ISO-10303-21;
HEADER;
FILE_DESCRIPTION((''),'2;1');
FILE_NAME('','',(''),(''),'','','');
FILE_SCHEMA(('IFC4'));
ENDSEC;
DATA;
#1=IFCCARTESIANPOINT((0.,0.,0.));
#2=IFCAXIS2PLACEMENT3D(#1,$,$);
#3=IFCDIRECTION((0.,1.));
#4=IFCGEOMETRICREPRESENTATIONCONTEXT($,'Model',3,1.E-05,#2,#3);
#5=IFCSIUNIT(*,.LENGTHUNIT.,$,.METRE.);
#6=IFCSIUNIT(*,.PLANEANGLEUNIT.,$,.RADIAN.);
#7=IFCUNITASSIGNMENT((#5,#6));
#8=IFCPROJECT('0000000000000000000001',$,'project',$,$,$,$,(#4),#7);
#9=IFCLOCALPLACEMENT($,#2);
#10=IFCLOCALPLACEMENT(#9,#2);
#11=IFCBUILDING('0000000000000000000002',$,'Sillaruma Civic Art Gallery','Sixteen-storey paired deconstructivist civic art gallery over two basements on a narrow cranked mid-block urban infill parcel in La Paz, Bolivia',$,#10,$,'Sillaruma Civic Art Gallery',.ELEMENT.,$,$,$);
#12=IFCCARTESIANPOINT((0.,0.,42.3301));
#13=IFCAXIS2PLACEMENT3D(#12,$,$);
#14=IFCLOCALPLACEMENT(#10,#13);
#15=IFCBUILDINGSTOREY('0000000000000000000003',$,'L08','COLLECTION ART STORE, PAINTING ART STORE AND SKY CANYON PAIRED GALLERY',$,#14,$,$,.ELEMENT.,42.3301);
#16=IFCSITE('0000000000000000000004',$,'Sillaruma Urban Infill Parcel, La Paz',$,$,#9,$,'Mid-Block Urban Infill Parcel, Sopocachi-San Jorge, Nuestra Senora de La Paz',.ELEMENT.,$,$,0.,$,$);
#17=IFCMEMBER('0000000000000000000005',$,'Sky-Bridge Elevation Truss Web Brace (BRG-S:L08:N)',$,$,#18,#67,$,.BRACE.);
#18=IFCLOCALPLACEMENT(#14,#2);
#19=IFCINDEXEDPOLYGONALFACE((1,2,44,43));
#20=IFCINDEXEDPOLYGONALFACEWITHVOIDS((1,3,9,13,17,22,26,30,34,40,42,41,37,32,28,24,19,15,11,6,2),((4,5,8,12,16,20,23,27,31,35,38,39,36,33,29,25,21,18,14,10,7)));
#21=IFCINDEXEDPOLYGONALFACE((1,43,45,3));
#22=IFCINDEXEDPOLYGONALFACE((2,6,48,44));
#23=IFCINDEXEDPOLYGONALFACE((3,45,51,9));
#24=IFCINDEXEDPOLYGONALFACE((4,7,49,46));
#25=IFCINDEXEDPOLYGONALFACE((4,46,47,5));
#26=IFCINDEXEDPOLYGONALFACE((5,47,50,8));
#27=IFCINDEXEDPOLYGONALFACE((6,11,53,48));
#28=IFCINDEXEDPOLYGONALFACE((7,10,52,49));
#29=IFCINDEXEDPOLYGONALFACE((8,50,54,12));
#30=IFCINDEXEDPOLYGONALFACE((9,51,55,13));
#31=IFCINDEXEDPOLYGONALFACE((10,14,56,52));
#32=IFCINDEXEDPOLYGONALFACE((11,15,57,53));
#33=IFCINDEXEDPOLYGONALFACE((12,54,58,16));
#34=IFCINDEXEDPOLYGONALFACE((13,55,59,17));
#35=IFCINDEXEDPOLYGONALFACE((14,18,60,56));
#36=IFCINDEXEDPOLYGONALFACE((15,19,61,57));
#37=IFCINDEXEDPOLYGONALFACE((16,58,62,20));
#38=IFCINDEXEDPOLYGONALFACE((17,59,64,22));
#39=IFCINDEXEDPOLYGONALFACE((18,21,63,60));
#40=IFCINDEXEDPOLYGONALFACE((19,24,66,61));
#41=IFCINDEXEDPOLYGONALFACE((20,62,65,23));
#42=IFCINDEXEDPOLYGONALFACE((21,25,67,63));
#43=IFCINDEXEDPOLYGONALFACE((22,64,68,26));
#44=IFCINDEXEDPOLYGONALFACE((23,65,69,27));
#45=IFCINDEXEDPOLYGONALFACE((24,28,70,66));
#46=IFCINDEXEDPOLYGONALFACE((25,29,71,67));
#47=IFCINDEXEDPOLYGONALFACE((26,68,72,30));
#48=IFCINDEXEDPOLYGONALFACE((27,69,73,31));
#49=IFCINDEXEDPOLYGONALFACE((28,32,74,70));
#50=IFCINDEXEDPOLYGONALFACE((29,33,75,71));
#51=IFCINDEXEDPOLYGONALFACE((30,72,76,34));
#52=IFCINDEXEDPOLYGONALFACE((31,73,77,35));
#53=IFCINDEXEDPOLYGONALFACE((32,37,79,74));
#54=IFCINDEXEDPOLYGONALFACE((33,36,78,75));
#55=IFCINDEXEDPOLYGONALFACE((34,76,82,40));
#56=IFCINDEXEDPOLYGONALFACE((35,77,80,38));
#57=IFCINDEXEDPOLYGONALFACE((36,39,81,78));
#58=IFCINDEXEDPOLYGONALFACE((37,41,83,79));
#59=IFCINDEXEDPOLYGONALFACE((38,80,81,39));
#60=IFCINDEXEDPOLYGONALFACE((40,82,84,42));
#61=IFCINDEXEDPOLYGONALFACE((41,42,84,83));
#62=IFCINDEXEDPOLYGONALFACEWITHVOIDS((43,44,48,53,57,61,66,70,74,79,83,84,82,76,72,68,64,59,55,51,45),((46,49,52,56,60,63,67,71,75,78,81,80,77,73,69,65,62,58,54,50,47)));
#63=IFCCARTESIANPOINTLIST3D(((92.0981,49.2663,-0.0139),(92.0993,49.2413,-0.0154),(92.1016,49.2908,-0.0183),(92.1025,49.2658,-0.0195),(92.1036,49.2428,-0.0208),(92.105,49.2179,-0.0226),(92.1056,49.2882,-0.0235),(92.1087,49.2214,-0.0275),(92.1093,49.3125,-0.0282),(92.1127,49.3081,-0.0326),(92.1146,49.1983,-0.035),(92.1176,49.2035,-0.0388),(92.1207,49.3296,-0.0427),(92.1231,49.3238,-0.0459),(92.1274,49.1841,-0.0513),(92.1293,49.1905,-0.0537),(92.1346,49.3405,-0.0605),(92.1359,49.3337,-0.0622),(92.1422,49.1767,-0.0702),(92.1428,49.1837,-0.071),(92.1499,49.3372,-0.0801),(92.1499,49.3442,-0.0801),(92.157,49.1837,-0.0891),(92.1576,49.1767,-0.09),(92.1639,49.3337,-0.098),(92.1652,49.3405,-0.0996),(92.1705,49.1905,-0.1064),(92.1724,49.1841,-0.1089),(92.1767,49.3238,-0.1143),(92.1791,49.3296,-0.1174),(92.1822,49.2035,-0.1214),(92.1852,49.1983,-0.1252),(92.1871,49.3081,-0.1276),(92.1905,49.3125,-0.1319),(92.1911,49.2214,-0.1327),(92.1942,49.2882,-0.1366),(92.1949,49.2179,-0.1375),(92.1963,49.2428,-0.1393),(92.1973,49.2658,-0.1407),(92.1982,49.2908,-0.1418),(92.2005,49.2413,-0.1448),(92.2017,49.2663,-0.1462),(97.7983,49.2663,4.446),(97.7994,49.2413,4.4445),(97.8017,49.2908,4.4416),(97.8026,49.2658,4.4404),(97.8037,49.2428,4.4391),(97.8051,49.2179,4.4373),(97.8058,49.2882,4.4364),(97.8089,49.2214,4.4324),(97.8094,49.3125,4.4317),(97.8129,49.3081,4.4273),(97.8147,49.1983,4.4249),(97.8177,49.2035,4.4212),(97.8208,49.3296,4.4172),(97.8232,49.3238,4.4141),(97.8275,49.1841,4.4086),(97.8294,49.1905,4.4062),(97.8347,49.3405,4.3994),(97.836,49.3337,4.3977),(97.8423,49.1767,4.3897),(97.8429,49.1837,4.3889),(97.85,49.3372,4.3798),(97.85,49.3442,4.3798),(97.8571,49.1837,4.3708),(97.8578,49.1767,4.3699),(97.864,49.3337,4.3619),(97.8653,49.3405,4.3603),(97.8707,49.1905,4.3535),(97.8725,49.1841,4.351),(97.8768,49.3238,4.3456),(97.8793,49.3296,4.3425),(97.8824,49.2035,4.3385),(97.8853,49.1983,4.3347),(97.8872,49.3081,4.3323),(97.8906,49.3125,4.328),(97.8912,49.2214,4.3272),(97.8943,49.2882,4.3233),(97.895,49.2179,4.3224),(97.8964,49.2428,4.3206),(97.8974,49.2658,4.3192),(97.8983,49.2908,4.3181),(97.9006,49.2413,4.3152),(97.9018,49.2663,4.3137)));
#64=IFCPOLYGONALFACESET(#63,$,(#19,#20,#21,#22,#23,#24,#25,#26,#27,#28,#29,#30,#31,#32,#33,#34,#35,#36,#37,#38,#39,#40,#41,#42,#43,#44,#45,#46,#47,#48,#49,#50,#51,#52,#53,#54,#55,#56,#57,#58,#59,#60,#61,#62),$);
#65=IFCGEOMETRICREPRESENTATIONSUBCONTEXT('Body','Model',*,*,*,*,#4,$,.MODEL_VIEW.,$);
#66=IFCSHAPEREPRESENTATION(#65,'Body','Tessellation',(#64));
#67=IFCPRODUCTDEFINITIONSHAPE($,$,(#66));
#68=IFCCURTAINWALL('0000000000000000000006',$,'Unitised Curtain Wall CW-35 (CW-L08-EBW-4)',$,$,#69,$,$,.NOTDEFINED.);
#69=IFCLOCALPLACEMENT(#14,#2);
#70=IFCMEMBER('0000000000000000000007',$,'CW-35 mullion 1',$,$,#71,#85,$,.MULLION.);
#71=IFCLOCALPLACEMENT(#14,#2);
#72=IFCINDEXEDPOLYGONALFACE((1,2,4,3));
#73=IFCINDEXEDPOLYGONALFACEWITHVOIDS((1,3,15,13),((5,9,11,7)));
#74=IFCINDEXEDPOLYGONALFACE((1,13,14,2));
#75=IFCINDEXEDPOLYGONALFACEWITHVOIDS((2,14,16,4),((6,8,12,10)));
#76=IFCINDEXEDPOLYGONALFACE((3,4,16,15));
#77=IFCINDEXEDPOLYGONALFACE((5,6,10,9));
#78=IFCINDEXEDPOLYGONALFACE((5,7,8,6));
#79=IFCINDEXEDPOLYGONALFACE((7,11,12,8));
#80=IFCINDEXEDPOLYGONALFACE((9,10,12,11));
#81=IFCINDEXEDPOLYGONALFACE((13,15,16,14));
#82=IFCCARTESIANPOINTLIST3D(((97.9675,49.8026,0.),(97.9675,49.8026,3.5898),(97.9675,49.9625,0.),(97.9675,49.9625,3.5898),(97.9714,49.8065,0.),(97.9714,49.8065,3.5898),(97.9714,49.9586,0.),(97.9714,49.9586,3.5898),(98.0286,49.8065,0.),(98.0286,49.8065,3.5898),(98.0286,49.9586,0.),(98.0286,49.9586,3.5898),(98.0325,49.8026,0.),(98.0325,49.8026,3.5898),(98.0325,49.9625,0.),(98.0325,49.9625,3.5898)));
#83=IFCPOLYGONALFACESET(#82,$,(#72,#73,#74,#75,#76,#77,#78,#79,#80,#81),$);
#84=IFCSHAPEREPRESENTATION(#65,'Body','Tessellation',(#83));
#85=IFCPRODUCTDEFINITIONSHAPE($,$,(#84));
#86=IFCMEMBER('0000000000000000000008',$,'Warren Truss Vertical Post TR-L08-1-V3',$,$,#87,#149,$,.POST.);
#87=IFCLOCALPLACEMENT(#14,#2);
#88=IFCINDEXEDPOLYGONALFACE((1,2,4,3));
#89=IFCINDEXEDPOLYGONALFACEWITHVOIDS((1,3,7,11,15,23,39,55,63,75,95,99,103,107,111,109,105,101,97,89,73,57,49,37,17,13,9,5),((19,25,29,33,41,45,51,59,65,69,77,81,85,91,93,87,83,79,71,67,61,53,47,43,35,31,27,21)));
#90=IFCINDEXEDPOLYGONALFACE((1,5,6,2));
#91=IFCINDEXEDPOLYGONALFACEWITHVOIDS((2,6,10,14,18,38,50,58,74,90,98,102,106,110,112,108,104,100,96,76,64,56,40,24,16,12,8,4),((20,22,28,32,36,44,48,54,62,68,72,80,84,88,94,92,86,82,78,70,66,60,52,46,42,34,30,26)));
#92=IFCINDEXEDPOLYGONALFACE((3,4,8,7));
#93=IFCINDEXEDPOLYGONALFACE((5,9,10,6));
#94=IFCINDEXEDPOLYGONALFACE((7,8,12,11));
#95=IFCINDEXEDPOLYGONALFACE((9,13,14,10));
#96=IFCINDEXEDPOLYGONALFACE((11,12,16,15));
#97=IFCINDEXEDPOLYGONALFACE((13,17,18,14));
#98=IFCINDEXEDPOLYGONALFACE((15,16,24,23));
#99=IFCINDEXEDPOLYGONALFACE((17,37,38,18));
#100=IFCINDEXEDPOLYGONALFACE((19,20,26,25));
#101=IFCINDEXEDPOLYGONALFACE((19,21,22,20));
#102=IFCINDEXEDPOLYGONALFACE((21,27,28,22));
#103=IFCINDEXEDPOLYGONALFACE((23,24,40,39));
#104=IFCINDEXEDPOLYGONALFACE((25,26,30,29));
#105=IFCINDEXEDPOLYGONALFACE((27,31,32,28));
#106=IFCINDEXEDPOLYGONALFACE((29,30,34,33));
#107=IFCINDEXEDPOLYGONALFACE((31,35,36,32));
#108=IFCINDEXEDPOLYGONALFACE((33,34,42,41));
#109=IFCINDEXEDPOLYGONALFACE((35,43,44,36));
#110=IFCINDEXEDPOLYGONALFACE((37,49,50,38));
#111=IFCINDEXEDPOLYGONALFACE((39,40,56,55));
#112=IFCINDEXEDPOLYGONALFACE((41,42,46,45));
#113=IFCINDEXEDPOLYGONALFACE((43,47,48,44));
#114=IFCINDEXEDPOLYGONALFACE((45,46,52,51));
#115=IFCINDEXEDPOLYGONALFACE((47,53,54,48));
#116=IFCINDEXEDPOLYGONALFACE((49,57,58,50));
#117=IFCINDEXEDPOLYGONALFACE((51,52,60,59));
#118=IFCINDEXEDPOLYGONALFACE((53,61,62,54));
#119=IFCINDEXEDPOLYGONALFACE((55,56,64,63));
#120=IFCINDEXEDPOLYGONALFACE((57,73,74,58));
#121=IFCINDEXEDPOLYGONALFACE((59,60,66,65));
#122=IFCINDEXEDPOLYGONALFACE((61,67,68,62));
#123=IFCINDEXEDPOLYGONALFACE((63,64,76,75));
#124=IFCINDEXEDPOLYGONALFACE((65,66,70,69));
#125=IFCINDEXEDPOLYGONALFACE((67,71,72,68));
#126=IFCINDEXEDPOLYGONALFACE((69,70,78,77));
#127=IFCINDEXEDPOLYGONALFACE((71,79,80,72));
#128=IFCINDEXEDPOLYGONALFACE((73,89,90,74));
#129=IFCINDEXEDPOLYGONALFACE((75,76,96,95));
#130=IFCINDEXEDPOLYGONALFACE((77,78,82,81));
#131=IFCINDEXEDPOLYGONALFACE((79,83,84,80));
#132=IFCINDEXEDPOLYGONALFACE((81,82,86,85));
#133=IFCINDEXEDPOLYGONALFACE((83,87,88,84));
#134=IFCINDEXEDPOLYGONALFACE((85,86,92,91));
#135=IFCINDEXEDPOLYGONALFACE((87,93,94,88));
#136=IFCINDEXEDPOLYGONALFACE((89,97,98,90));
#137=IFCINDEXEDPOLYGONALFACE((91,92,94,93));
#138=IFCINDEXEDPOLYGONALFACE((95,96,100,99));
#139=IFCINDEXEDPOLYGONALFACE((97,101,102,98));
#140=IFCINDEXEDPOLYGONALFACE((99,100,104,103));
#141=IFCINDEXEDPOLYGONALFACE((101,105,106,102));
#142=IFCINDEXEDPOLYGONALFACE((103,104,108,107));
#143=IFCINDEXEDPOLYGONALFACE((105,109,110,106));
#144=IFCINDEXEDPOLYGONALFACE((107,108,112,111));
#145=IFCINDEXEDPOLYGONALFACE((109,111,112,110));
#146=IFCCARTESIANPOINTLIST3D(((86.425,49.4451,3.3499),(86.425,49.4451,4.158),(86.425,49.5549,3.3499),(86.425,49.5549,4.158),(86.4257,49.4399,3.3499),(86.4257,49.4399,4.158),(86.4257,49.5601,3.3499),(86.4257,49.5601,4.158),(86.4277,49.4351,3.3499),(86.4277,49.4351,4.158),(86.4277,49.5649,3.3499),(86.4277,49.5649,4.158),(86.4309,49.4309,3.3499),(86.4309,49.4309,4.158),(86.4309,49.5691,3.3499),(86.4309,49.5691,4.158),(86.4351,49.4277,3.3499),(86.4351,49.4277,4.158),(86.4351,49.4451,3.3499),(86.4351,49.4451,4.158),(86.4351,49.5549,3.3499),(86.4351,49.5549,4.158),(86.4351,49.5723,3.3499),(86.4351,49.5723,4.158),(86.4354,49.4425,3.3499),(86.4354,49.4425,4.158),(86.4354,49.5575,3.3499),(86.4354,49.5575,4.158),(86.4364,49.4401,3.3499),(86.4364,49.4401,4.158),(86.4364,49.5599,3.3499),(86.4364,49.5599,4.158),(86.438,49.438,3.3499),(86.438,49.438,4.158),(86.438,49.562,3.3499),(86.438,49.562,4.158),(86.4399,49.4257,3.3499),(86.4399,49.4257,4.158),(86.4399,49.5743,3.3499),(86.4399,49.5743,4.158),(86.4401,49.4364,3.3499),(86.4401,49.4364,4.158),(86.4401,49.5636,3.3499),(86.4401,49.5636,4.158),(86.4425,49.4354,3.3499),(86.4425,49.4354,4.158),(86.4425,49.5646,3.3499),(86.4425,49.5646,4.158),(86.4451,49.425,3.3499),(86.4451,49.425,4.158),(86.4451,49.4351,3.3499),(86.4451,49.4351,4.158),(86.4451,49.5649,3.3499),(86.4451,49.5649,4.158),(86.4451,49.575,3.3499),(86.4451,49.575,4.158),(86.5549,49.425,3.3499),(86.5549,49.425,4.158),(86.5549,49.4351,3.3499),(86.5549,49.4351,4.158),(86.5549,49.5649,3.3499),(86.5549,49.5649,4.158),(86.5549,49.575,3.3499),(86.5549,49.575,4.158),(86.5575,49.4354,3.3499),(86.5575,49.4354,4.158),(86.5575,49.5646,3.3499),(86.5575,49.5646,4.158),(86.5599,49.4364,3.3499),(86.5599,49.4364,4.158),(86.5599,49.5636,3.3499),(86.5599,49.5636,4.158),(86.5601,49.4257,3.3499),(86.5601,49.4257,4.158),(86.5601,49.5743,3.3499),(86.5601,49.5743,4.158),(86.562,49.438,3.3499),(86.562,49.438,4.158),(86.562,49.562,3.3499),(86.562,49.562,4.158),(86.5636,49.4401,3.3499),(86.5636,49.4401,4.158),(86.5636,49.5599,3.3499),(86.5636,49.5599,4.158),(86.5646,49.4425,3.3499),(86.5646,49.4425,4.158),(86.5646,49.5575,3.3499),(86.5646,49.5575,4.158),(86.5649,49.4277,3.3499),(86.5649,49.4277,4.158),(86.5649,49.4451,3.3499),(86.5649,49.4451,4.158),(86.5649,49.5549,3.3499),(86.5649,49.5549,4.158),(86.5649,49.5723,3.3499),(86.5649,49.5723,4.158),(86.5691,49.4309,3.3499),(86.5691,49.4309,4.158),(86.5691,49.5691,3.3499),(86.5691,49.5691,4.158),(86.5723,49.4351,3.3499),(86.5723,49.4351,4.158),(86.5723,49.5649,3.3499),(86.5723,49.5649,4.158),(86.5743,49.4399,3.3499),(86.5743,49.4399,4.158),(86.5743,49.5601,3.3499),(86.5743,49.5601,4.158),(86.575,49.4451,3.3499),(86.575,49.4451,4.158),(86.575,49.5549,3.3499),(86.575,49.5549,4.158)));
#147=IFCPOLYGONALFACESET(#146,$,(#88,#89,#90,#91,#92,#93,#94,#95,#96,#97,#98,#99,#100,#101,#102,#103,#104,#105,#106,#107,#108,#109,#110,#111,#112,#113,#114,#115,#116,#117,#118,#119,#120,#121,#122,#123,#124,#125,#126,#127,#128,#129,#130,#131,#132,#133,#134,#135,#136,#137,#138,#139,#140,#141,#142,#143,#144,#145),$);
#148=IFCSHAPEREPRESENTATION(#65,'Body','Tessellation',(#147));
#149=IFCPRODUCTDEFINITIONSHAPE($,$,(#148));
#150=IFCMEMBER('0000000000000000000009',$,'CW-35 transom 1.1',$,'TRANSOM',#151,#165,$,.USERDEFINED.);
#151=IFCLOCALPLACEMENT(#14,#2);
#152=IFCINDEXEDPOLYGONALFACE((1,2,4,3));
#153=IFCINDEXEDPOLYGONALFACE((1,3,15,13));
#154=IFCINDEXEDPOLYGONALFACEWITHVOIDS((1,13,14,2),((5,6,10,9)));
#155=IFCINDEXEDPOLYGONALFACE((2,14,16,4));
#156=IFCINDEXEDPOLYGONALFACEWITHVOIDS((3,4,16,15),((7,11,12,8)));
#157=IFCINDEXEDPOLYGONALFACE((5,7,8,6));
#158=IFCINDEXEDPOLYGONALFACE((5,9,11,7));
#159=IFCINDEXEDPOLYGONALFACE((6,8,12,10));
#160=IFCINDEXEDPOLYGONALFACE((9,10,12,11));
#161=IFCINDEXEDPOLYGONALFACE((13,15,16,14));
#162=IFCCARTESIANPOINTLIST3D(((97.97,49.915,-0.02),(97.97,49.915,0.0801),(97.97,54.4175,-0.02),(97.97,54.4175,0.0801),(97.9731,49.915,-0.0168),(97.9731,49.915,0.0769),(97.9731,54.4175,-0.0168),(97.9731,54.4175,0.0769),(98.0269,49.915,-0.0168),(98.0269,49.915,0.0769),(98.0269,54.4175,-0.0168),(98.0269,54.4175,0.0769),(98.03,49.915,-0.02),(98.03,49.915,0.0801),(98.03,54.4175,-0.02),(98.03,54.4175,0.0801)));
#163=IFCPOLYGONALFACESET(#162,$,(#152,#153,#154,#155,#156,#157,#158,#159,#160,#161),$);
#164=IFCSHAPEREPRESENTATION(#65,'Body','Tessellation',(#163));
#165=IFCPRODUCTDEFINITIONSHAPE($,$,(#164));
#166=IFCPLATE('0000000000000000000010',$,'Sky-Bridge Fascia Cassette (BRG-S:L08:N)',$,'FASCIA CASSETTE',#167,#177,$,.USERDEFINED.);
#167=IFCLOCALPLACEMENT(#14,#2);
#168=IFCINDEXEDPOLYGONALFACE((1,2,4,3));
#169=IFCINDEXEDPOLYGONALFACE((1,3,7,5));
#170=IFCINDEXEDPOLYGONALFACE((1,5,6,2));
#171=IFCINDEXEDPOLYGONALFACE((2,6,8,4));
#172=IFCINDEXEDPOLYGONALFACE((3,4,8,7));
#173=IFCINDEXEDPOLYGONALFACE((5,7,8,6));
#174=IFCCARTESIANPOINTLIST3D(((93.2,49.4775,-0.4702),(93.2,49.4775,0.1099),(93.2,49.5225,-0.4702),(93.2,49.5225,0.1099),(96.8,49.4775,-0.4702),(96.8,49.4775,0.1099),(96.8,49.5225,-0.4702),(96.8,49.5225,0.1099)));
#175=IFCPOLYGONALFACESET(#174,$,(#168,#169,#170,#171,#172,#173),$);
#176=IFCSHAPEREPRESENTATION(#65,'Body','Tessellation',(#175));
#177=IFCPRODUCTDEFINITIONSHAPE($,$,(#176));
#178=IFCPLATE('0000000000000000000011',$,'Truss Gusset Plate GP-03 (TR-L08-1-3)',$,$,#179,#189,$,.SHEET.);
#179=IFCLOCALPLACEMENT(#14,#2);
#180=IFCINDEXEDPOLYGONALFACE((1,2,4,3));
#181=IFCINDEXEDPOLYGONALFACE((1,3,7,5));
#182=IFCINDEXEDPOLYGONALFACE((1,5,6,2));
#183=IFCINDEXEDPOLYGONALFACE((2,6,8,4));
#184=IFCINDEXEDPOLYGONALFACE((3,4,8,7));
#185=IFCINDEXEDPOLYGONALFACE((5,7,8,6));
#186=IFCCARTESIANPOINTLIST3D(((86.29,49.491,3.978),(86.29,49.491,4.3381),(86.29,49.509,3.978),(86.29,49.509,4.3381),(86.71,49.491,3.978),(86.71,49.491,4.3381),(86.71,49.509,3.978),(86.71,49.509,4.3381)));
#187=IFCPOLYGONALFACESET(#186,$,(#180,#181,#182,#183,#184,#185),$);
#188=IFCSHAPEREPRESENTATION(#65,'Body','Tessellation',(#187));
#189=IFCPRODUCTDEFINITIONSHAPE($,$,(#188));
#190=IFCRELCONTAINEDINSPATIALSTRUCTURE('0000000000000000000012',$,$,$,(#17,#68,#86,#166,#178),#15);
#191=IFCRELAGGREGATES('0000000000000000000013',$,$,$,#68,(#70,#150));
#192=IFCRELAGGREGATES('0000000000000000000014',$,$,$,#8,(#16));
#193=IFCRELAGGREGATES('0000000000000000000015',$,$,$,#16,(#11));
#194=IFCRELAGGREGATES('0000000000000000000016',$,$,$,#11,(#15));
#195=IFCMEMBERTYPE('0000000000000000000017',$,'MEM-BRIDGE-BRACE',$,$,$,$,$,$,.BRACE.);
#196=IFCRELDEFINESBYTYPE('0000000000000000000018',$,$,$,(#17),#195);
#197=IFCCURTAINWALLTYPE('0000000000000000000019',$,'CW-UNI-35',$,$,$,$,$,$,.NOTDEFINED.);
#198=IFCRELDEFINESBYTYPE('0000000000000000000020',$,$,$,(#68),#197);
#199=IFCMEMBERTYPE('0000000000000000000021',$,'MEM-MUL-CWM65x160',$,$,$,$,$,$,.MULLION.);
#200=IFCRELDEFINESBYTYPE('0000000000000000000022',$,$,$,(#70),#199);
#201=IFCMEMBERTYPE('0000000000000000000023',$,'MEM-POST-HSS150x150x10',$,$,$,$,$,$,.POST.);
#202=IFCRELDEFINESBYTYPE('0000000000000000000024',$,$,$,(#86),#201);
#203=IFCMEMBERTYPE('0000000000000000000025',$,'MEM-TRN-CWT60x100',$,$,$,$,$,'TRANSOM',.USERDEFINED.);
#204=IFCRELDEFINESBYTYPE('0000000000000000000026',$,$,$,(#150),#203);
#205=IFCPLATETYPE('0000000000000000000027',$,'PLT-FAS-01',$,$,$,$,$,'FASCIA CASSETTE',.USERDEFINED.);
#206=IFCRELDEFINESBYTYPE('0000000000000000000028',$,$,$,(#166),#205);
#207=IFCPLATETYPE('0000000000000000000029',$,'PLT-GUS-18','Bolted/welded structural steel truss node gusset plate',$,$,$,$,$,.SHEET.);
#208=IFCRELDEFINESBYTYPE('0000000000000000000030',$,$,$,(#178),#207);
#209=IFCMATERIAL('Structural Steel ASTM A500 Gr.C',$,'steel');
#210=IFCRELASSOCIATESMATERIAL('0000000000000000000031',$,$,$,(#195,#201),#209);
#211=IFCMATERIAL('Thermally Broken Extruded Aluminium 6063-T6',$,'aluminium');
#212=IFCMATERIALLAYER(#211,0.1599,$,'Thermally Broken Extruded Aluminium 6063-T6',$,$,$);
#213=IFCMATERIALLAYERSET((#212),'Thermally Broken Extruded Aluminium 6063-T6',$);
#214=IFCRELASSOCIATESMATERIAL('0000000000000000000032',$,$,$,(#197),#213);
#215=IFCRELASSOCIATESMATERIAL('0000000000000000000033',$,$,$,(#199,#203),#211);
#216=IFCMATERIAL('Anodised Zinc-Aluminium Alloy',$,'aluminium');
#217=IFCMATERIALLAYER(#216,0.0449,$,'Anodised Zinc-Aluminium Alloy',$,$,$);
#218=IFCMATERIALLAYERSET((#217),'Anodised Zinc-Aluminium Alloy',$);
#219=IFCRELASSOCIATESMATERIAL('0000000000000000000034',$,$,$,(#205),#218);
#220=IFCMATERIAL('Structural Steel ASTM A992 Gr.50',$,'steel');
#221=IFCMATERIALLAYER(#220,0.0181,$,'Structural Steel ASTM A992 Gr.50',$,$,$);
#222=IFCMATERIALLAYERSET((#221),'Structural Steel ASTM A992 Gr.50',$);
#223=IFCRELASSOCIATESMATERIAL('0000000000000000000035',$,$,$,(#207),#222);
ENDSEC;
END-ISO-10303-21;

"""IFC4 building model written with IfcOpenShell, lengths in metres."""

from ifc_helpers import new_model, si_unit, direction, frame, origin, origin_2d, place, context, subcontext, project, spatial, rectangle, hollow_rectangle, hollow_circle, extrude, material, layer, layer_set, material_profile, profile_set, type_object, element, aggregate, save


model = new_model("IFC4")

# Units and contexts
model_context = context("Model", 3, precision=1e-05, world=origin(), true_north=direction((0.0, 1.0)))
body_context = subcontext(model_context, "Body", "Model", "MODEL_VIEW")
ifc_project = project(units=[si_unit("LENGTHUNIT", "METRE"), si_unit("PLANEANGLEUNIT", "RADIAN")], contexts=[model_context])

# Site, building, storey
site_placement = place(None, origin())
site = spatial("IfcSite", under=ifc_project, at=site_placement, Name="Sillaruma Urban Infill Parcel, La Paz", LongName="Mid-Block Urban Infill Parcel, Sopocachi-San Jorge, Nuestra Senora de La Paz", CompositionType="ELEMENT", RefElevation=0.0)
building_placement = place(site_placement, origin())
building = spatial("IfcBuilding", under=site, at=building_placement, Name="Sillaruma Civic Art Gallery", Description="Sixteen-storey paired deconstructivist civic art gallery over two basements on a narrow cranked mid-block urban infill parcel in La Paz, Bolivia", LongName="Sillaruma Civic Art Gallery", CompositionType="ELEMENT")
storey_placement = place(building_placement, frame((0.0, 0.0, 42.3301)))
storey = spatial("IfcBuildingStorey", under=building, at=storey_placement, Name="L08", Description="COLLECTION ART STORE, PAINTING ART STORE AND SKY CANYON PAIRED GALLERY", CompositionType="ELEMENT", Elevation=42.3301)

# Shared definitions
ifc_material_1 = material(Name="Structural Steel ASTM A992 Gr.50", Category="steel")

# Member
ifc_material_2 = material(Name="Structural Steel ASTM A500 Gr.C", Category="steel")
ifc_material_profile_1 = material_profile(ifc_material_2, hollow_circle(Radius=0.0842, WallThickness=0.0071, at=origin_2d()), Name="CHS168.3x7.1")
ifc_profile_set_1 = profile_set([ifc_material_profile_1], Name="Structural Steel ASTM A500 Gr.C")
member_type_1 = type_object("IfcMemberType", Name="MEM-BRIDGE-BRACE", PredefinedType="BRACE", material=ifc_profile_set_1)
member_1_placement = place(storey_placement, frame((92.1499, 49.26, -0.0801), z_axis=(0.787576, 0.0, 0.616217), x_axis=(0.0, 1.0, 0.0)))
element("IfcMember", 1, at=member_1_placement, inside=storey, type_object=member_type_1, Name="Sky-Bridge Elevation Truss Web Brace (BRG-S:L08:N)", PredefinedType="BRACE", context=body_context, shape_type="SweptSolid", body=[
    extrude(hollow_circle(Radius=0.0842, WallThickness=0.0071, at=origin_2d()), origin(), (0.0, 0.0, 1.0), 7.2375),
])

# Curtain wall, member
ifc_material_3 = material(Name="Thermally Broken Extruded Aluminium 6063-T6", Category="aluminium")
ifc_layer_1 = layer(ifc_material_3, 0.1599, Name="Thermally Broken Extruded Aluminium 6063-T6")
ifc_layer_set_1 = layer_set([ifc_layer_1], Name="Thermally Broken Extruded Aluminium 6063-T6")
curtain_wall_type = type_object("IfcCurtainWallType", Name="CW-UNI-35", PredefinedType="NOTDEFINED", material=ifc_layer_set_1)
curtain_wall_placement = place(storey_placement, origin())
curtain_wall = element("IfcCurtainWall", 2, at=curtain_wall_placement, inside=storey, type_object=curtain_wall_type, Name="Unitised Curtain Wall CW-35 (CW-L08-EBW-4)", PredefinedType="NOTDEFINED")
ifc_material_profile_2 = material_profile(ifc_material_3, hollow_rectangle(XDim=0.0649, YDim=0.1599, WallThickness=0.0039, at=origin_2d()), Name="CWM65x160")
ifc_profile_set_2 = profile_set([ifc_material_profile_2], Name="Thermally Broken Extruded Aluminium 6063-T6")
member_type_2 = type_object("IfcMemberType", Name="MEM-MUL-CWM65x160", PredefinedType="MULLION", material=ifc_profile_set_2)
member_2_placement = place(storey_placement, frame((98.0, 49.8826, 0.0), z_axis=(0.0, 0.0, 1.0), x_axis=(-1.0, 0.0, 0.0)))
member_2 = element("IfcMember", 3, at=member_2_placement, type_object=member_type_2, Name="CW-35 mullion 1", PredefinedType="MULLION", context=body_context, shape_type="SweptSolid", body=[
    extrude(hollow_rectangle(XDim=0.0649, YDim=0.1599, WallThickness=0.0039, at=origin_2d()), origin(), (0.0, 0.0, 1.0), 3.5898),
])

# Members
ifc_material_profile_3 = material_profile(ifc_material_2, hollow_rectangle(XDim=0.1499, YDim=0.1499, WallThickness=0.01, InnerFilletRadius=0.01, OuterFilletRadius=0.02, at=origin_2d()), Name="HSS150x150x10")
ifc_profile_set_3 = profile_set([ifc_material_profile_3], Name="Structural Steel ASTM A500 Gr.C")
member_type_3 = type_object("IfcMemberType", Name="MEM-POST-HSS150x150x10", PredefinedType="POST", material=ifc_profile_set_3)
member_3_placement = place(storey_placement, frame((86.5, 49.5, 3.3499), z_axis=(0.0, 0.0, 1.0), x_axis=(1.0, 0.0, 0.0)))
element("IfcMember", 4, at=member_3_placement, inside=storey, type_object=member_type_3, Name="Warren Truss Vertical Post TR-L08-1-V3", PredefinedType="POST", context=body_context, shape_type="SweptSolid", body=[
    extrude(hollow_rectangle(XDim=0.1499, YDim=0.1499, WallThickness=0.01, InnerFilletRadius=0.01, OuterFilletRadius=0.02, at=origin_2d()), origin(), (0.0, 0.0, 1.0), 0.8081),
])
ifc_material_profile_4 = material_profile(ifc_material_3, hollow_rectangle(XDim=0.0601, YDim=0.1001, WallThickness=0.0032, at=origin_2d()), Name="CWT60x100")
ifc_profile_set_4 = profile_set([ifc_material_profile_4], Name="Thermally Broken Extruded Aluminium 6063-T6")
member_type_4 = type_object("IfcMemberType", Name="MEM-TRN-CWT60x100", ElementType="TRANSOM", PredefinedType="USERDEFINED", material=ifc_profile_set_4)
member_4_placement = place(storey_placement, frame((98.0, 49.915, 0.03), z_axis=(0.0, 1.0, 0.0), x_axis=(-1.0, 0.0, 0.0)))
member_4 = element("IfcMember", 5, at=member_4_placement, type_object=member_type_4, Name="CW-35 transom 1.1", ObjectType="TRANSOM", PredefinedType="USERDEFINED", context=body_context, shape_type="SweptSolid", body=[
    extrude(hollow_rectangle(XDim=0.0601, YDim=0.1001, WallThickness=0.0032, at=origin_2d()), origin(), (0.0, 0.0, 1.0), 4.5024),
])
aggregate(curtain_wall, [member_2, member_4])

# Plates
ifc_material_4 = material(Name="Anodised Zinc-Aluminium Alloy", Category="aluminium")
ifc_layer_2 = layer(ifc_material_4, 0.0449, Name="Anodised Zinc-Aluminium Alloy")
ifc_layer_set_2 = layer_set([ifc_layer_2], Name="Anodised Zinc-Aluminium Alloy")
plate_type_1 = type_object("IfcPlateType", Name="PLT-FAS-01", ElementType="FASCIA CASSETTE", PredefinedType="USERDEFINED", material=ifc_layer_set_2)
plate_1_placement = place(storey_placement, frame((95.0, 49.5, -0.4702), z_axis=(0.0, 0.0, 1.0), x_axis=(1.0, 0.0, 0.0)))
element("IfcPlate", 6, at=plate_1_placement, inside=storey, type_object=plate_type_1, Name="Sky-Bridge Fascia Cassette (BRG-S:L08:N)", ObjectType="FASCIA CASSETTE", PredefinedType="USERDEFINED", context=body_context, shape_type="SweptSolid", body=[
    extrude(rectangle(XDim=3.6001, YDim=0.0449, at=origin_2d()), origin(), (0.0, 0.0, 1.0), 0.5801),
])
ifc_layer_3 = layer(ifc_material_1, 0.0181, Name="Structural Steel ASTM A992 Gr.50")
ifc_layer_set_3 = layer_set([ifc_layer_3], Name="Structural Steel ASTM A992 Gr.50")
plate_type_2 = type_object("IfcPlateType", Name="PLT-GUS-18", Description="Bolted/welded structural steel truss node gusset plate", PredefinedType="SHEET", material=ifc_layer_set_3)
plate_2_placement = place(storey_placement, frame((86.5, 49.5, 3.978), z_axis=(0.0, 0.0, 1.0), x_axis=(1.0, 0.0, 0.0)))
element("IfcPlate", 7, at=plate_2_placement, inside=storey, type_object=plate_type_2, Name="Truss Gusset Plate GP-03 (TR-L08-1-3)", PredefinedType="SHEET", context=body_context, shape_type="SweptSolid", body=[
    extrude(rectangle(XDim=0.4199, YDim=0.0181, at=origin_2d()), origin(), (0.0, 0.0, 1.0), 0.3601),
])

save(model, "model.ifc")
